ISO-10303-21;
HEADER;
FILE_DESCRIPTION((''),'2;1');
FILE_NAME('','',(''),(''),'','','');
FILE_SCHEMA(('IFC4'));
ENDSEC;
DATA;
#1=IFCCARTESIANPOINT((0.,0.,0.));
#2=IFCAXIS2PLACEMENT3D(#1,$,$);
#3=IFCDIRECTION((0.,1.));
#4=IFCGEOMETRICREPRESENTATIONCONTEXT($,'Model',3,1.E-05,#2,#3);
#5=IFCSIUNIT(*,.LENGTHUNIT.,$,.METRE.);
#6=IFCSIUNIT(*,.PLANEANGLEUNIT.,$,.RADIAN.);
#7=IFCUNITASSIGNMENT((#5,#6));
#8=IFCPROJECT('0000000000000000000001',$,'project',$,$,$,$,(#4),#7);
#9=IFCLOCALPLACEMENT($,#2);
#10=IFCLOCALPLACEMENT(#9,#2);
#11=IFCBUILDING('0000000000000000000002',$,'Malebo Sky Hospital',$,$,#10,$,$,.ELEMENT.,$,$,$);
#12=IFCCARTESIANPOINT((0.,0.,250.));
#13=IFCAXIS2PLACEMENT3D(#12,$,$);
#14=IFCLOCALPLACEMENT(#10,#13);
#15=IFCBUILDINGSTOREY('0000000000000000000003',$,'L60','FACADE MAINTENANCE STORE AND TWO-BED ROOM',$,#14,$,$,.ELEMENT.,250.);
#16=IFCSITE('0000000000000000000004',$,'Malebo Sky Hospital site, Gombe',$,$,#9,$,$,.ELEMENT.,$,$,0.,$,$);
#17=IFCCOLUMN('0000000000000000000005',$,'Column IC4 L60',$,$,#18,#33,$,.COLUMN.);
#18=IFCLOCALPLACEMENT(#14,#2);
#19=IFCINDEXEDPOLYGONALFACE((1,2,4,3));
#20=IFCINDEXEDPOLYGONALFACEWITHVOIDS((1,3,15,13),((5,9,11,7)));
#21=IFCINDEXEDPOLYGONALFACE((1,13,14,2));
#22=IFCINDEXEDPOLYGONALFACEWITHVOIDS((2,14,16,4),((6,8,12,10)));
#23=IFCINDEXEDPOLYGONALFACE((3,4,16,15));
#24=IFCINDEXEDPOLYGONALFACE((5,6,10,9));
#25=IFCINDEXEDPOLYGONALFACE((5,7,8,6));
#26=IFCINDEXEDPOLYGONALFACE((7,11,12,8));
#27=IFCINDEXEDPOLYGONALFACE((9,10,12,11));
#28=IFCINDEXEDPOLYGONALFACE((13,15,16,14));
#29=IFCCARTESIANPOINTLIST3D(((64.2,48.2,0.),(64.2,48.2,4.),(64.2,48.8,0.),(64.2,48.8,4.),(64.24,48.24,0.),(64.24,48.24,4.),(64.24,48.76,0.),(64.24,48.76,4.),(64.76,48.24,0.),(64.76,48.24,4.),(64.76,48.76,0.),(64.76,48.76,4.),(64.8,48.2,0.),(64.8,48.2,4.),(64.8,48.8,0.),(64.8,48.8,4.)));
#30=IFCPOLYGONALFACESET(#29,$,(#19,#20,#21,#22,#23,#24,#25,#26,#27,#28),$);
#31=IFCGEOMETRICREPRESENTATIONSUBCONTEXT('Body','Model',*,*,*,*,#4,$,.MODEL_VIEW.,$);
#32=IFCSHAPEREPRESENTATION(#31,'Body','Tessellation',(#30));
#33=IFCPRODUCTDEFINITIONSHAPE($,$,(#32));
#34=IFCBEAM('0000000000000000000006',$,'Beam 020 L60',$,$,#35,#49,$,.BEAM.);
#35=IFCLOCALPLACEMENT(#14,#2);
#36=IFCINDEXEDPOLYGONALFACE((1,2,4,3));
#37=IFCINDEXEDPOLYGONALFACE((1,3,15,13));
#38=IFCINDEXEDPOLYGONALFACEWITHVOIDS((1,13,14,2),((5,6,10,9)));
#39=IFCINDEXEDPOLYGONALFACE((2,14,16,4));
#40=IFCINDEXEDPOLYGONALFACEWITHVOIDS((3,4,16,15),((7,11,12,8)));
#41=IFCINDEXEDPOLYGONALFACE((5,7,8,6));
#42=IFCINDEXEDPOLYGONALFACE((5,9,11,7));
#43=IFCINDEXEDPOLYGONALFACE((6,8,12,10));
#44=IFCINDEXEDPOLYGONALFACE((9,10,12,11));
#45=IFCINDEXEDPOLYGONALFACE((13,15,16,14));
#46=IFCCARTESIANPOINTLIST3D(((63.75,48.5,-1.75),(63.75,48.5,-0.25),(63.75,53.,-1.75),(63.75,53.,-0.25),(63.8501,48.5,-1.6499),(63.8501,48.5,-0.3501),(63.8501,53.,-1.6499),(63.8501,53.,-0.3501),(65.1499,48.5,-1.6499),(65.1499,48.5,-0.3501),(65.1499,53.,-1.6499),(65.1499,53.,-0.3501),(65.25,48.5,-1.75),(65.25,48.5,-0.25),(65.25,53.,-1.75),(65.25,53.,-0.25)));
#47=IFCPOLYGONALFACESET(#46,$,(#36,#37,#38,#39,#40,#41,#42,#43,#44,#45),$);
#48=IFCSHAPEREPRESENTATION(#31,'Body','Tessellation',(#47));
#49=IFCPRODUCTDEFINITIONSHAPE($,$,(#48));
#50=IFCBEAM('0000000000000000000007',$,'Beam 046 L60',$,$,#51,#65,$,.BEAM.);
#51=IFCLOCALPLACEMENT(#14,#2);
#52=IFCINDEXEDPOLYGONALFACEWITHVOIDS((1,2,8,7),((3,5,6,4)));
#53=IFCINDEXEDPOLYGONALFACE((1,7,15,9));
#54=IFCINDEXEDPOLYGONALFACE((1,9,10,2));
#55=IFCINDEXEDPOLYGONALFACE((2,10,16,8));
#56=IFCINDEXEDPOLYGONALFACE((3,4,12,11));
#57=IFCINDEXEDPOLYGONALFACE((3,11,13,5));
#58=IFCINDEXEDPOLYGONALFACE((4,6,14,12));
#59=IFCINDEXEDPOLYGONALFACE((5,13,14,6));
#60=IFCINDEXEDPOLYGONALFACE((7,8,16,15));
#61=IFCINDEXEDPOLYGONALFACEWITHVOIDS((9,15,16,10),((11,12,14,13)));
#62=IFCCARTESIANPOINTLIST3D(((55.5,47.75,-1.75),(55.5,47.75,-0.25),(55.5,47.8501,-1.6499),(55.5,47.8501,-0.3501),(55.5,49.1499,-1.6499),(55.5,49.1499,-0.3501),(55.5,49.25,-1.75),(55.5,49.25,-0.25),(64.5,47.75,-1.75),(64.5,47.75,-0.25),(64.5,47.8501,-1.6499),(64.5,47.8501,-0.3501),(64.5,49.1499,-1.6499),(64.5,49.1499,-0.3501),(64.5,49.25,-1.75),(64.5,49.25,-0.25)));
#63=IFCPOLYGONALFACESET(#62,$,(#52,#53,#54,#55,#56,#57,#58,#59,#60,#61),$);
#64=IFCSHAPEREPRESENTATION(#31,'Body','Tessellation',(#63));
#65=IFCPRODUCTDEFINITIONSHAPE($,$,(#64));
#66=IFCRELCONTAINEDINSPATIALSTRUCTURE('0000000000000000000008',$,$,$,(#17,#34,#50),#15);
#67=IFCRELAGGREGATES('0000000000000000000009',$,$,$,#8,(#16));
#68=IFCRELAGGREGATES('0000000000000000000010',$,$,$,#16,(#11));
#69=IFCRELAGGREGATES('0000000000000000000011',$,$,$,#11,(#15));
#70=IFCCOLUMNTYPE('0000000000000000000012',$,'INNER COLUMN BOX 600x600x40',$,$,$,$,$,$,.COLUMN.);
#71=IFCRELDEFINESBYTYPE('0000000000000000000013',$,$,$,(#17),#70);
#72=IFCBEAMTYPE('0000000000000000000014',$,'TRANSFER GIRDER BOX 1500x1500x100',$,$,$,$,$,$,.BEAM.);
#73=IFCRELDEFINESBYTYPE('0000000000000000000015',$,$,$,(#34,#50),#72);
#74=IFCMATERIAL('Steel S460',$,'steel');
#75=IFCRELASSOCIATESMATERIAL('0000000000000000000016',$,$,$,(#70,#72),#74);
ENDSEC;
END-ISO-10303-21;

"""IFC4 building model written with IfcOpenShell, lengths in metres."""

from ifc_helpers import new_model, si_unit, direction, frame, origin, origin_2d, place, context, subcontext, project, spatial, hollow_rectangle, extrude, material, material_profile, profile_set, type_object, element, save


model = new_model("IFC4")

# Units and contexts
model_context = context("Model", 3, precision=1e-05, world=origin(), true_north=direction((0.0, 1.0)))
body_context = subcontext(model_context, "Body", "Model", "MODEL_VIEW")
ifc_project = project(units=[si_unit("LENGTHUNIT", "METRE"), si_unit("PLANEANGLEUNIT", "RADIAN")], contexts=[model_context])

# Site, building, storey
site_placement = place(None, origin())
site = spatial("IfcSite", under=ifc_project, at=site_placement, Name="Malebo Sky Hospital site, Gombe", CompositionType="ELEMENT", RefElevation=0.0)
building_placement = place(site_placement, origin())
building = spatial("IfcBuilding", under=site, at=building_placement, Name="Malebo Sky Hospital", CompositionType="ELEMENT")
storey_placement = place(building_placement, frame((0.0, 0.0, 250.0)))
storey = spatial("IfcBuildingStorey", under=building, at=storey_placement, Name="L60", Description="FACADE MAINTENANCE STORE AND TWO-BED ROOM", CompositionType="ELEMENT", Elevation=250.0)

# Column
ifc_material_1 = material(Name="Steel S460", Category="steel")
ifc_material_profile_1 = material_profile(ifc_material_1, hollow_rectangle(XDim=0.6001, YDim=0.6001, WallThickness=0.04, at=origin_2d()), Name="BOX 600x600x40")
ifc_profile_set_1 = profile_set([ifc_material_profile_1], Name="Steel S460")
column_type = type_object("IfcColumnType", Name="INNER COLUMN BOX 600x600x40", PredefinedType="COLUMN", material=ifc_profile_set_1)
column_placement = place(storey_placement, frame((64.5, 48.5, 0.0), z_axis=(0.0, 0.0, 1.0), x_axis=(1.0, 0.0, 0.0)))
element("IfcColumn", 1, at=column_placement, inside=storey, type_object=column_type, Name="Column IC4 L60", PredefinedType="COLUMN", context=body_context, shape_type="SweptSolid", body=[
    extrude(hollow_rectangle(XDim=0.6001, YDim=0.6001, WallThickness=0.04, at=origin_2d()), origin(), (0.0, 0.0, 1.0), 4.0),
])

# Beams
ifc_material_profile_2 = material_profile(ifc_material_1, hollow_rectangle(XDim=1.5, YDim=1.5, WallThickness=0.1001, at=origin_2d()), Name="BOX 1500x1500x100")
ifc_profile_set_2 = profile_set([ifc_material_profile_2], Name="Steel S460")
beam_type = type_object("IfcBeamType", Name="TRANSFER GIRDER BOX 1500x1500x100", PredefinedType="BEAM", material=ifc_profile_set_2)
beam_1_placement = place(storey_placement, frame((64.5, 48.5, -1.0), z_axis=(0.0, 1.0, 0.0), x_axis=(-1.0, 0.0, 0.0)))
element("IfcBeam", 2, at=beam_1_placement, inside=storey, type_object=beam_type, Name="Beam 020 L60", PredefinedType="BEAM", context=body_context, shape_type="SweptSolid", body=[
    extrude(hollow_rectangle(XDim=1.5, YDim=1.5, WallThickness=0.1001, at=origin_2d()), origin(), (0.0, 0.0, 1.0), 4.5),
])
beam_2_placement = place(storey_placement, frame((55.5, 48.5, -1.0), z_axis=(1.0, 0.0, 0.0), x_axis=(0.0, 1.0, 0.0)))
element("IfcBeam", 3, at=beam_2_placement, inside=storey, type_object=beam_type, Name="Beam 046 L60", PredefinedType="BEAM", context=body_context, shape_type="SweptSolid", body=[
    extrude(hollow_rectangle(XDim=1.5, YDim=1.5, WallThickness=0.1001, at=origin_2d()), origin(), (0.0, 0.0, 1.0), 9.0),
])

save(model, "model.ifc")
